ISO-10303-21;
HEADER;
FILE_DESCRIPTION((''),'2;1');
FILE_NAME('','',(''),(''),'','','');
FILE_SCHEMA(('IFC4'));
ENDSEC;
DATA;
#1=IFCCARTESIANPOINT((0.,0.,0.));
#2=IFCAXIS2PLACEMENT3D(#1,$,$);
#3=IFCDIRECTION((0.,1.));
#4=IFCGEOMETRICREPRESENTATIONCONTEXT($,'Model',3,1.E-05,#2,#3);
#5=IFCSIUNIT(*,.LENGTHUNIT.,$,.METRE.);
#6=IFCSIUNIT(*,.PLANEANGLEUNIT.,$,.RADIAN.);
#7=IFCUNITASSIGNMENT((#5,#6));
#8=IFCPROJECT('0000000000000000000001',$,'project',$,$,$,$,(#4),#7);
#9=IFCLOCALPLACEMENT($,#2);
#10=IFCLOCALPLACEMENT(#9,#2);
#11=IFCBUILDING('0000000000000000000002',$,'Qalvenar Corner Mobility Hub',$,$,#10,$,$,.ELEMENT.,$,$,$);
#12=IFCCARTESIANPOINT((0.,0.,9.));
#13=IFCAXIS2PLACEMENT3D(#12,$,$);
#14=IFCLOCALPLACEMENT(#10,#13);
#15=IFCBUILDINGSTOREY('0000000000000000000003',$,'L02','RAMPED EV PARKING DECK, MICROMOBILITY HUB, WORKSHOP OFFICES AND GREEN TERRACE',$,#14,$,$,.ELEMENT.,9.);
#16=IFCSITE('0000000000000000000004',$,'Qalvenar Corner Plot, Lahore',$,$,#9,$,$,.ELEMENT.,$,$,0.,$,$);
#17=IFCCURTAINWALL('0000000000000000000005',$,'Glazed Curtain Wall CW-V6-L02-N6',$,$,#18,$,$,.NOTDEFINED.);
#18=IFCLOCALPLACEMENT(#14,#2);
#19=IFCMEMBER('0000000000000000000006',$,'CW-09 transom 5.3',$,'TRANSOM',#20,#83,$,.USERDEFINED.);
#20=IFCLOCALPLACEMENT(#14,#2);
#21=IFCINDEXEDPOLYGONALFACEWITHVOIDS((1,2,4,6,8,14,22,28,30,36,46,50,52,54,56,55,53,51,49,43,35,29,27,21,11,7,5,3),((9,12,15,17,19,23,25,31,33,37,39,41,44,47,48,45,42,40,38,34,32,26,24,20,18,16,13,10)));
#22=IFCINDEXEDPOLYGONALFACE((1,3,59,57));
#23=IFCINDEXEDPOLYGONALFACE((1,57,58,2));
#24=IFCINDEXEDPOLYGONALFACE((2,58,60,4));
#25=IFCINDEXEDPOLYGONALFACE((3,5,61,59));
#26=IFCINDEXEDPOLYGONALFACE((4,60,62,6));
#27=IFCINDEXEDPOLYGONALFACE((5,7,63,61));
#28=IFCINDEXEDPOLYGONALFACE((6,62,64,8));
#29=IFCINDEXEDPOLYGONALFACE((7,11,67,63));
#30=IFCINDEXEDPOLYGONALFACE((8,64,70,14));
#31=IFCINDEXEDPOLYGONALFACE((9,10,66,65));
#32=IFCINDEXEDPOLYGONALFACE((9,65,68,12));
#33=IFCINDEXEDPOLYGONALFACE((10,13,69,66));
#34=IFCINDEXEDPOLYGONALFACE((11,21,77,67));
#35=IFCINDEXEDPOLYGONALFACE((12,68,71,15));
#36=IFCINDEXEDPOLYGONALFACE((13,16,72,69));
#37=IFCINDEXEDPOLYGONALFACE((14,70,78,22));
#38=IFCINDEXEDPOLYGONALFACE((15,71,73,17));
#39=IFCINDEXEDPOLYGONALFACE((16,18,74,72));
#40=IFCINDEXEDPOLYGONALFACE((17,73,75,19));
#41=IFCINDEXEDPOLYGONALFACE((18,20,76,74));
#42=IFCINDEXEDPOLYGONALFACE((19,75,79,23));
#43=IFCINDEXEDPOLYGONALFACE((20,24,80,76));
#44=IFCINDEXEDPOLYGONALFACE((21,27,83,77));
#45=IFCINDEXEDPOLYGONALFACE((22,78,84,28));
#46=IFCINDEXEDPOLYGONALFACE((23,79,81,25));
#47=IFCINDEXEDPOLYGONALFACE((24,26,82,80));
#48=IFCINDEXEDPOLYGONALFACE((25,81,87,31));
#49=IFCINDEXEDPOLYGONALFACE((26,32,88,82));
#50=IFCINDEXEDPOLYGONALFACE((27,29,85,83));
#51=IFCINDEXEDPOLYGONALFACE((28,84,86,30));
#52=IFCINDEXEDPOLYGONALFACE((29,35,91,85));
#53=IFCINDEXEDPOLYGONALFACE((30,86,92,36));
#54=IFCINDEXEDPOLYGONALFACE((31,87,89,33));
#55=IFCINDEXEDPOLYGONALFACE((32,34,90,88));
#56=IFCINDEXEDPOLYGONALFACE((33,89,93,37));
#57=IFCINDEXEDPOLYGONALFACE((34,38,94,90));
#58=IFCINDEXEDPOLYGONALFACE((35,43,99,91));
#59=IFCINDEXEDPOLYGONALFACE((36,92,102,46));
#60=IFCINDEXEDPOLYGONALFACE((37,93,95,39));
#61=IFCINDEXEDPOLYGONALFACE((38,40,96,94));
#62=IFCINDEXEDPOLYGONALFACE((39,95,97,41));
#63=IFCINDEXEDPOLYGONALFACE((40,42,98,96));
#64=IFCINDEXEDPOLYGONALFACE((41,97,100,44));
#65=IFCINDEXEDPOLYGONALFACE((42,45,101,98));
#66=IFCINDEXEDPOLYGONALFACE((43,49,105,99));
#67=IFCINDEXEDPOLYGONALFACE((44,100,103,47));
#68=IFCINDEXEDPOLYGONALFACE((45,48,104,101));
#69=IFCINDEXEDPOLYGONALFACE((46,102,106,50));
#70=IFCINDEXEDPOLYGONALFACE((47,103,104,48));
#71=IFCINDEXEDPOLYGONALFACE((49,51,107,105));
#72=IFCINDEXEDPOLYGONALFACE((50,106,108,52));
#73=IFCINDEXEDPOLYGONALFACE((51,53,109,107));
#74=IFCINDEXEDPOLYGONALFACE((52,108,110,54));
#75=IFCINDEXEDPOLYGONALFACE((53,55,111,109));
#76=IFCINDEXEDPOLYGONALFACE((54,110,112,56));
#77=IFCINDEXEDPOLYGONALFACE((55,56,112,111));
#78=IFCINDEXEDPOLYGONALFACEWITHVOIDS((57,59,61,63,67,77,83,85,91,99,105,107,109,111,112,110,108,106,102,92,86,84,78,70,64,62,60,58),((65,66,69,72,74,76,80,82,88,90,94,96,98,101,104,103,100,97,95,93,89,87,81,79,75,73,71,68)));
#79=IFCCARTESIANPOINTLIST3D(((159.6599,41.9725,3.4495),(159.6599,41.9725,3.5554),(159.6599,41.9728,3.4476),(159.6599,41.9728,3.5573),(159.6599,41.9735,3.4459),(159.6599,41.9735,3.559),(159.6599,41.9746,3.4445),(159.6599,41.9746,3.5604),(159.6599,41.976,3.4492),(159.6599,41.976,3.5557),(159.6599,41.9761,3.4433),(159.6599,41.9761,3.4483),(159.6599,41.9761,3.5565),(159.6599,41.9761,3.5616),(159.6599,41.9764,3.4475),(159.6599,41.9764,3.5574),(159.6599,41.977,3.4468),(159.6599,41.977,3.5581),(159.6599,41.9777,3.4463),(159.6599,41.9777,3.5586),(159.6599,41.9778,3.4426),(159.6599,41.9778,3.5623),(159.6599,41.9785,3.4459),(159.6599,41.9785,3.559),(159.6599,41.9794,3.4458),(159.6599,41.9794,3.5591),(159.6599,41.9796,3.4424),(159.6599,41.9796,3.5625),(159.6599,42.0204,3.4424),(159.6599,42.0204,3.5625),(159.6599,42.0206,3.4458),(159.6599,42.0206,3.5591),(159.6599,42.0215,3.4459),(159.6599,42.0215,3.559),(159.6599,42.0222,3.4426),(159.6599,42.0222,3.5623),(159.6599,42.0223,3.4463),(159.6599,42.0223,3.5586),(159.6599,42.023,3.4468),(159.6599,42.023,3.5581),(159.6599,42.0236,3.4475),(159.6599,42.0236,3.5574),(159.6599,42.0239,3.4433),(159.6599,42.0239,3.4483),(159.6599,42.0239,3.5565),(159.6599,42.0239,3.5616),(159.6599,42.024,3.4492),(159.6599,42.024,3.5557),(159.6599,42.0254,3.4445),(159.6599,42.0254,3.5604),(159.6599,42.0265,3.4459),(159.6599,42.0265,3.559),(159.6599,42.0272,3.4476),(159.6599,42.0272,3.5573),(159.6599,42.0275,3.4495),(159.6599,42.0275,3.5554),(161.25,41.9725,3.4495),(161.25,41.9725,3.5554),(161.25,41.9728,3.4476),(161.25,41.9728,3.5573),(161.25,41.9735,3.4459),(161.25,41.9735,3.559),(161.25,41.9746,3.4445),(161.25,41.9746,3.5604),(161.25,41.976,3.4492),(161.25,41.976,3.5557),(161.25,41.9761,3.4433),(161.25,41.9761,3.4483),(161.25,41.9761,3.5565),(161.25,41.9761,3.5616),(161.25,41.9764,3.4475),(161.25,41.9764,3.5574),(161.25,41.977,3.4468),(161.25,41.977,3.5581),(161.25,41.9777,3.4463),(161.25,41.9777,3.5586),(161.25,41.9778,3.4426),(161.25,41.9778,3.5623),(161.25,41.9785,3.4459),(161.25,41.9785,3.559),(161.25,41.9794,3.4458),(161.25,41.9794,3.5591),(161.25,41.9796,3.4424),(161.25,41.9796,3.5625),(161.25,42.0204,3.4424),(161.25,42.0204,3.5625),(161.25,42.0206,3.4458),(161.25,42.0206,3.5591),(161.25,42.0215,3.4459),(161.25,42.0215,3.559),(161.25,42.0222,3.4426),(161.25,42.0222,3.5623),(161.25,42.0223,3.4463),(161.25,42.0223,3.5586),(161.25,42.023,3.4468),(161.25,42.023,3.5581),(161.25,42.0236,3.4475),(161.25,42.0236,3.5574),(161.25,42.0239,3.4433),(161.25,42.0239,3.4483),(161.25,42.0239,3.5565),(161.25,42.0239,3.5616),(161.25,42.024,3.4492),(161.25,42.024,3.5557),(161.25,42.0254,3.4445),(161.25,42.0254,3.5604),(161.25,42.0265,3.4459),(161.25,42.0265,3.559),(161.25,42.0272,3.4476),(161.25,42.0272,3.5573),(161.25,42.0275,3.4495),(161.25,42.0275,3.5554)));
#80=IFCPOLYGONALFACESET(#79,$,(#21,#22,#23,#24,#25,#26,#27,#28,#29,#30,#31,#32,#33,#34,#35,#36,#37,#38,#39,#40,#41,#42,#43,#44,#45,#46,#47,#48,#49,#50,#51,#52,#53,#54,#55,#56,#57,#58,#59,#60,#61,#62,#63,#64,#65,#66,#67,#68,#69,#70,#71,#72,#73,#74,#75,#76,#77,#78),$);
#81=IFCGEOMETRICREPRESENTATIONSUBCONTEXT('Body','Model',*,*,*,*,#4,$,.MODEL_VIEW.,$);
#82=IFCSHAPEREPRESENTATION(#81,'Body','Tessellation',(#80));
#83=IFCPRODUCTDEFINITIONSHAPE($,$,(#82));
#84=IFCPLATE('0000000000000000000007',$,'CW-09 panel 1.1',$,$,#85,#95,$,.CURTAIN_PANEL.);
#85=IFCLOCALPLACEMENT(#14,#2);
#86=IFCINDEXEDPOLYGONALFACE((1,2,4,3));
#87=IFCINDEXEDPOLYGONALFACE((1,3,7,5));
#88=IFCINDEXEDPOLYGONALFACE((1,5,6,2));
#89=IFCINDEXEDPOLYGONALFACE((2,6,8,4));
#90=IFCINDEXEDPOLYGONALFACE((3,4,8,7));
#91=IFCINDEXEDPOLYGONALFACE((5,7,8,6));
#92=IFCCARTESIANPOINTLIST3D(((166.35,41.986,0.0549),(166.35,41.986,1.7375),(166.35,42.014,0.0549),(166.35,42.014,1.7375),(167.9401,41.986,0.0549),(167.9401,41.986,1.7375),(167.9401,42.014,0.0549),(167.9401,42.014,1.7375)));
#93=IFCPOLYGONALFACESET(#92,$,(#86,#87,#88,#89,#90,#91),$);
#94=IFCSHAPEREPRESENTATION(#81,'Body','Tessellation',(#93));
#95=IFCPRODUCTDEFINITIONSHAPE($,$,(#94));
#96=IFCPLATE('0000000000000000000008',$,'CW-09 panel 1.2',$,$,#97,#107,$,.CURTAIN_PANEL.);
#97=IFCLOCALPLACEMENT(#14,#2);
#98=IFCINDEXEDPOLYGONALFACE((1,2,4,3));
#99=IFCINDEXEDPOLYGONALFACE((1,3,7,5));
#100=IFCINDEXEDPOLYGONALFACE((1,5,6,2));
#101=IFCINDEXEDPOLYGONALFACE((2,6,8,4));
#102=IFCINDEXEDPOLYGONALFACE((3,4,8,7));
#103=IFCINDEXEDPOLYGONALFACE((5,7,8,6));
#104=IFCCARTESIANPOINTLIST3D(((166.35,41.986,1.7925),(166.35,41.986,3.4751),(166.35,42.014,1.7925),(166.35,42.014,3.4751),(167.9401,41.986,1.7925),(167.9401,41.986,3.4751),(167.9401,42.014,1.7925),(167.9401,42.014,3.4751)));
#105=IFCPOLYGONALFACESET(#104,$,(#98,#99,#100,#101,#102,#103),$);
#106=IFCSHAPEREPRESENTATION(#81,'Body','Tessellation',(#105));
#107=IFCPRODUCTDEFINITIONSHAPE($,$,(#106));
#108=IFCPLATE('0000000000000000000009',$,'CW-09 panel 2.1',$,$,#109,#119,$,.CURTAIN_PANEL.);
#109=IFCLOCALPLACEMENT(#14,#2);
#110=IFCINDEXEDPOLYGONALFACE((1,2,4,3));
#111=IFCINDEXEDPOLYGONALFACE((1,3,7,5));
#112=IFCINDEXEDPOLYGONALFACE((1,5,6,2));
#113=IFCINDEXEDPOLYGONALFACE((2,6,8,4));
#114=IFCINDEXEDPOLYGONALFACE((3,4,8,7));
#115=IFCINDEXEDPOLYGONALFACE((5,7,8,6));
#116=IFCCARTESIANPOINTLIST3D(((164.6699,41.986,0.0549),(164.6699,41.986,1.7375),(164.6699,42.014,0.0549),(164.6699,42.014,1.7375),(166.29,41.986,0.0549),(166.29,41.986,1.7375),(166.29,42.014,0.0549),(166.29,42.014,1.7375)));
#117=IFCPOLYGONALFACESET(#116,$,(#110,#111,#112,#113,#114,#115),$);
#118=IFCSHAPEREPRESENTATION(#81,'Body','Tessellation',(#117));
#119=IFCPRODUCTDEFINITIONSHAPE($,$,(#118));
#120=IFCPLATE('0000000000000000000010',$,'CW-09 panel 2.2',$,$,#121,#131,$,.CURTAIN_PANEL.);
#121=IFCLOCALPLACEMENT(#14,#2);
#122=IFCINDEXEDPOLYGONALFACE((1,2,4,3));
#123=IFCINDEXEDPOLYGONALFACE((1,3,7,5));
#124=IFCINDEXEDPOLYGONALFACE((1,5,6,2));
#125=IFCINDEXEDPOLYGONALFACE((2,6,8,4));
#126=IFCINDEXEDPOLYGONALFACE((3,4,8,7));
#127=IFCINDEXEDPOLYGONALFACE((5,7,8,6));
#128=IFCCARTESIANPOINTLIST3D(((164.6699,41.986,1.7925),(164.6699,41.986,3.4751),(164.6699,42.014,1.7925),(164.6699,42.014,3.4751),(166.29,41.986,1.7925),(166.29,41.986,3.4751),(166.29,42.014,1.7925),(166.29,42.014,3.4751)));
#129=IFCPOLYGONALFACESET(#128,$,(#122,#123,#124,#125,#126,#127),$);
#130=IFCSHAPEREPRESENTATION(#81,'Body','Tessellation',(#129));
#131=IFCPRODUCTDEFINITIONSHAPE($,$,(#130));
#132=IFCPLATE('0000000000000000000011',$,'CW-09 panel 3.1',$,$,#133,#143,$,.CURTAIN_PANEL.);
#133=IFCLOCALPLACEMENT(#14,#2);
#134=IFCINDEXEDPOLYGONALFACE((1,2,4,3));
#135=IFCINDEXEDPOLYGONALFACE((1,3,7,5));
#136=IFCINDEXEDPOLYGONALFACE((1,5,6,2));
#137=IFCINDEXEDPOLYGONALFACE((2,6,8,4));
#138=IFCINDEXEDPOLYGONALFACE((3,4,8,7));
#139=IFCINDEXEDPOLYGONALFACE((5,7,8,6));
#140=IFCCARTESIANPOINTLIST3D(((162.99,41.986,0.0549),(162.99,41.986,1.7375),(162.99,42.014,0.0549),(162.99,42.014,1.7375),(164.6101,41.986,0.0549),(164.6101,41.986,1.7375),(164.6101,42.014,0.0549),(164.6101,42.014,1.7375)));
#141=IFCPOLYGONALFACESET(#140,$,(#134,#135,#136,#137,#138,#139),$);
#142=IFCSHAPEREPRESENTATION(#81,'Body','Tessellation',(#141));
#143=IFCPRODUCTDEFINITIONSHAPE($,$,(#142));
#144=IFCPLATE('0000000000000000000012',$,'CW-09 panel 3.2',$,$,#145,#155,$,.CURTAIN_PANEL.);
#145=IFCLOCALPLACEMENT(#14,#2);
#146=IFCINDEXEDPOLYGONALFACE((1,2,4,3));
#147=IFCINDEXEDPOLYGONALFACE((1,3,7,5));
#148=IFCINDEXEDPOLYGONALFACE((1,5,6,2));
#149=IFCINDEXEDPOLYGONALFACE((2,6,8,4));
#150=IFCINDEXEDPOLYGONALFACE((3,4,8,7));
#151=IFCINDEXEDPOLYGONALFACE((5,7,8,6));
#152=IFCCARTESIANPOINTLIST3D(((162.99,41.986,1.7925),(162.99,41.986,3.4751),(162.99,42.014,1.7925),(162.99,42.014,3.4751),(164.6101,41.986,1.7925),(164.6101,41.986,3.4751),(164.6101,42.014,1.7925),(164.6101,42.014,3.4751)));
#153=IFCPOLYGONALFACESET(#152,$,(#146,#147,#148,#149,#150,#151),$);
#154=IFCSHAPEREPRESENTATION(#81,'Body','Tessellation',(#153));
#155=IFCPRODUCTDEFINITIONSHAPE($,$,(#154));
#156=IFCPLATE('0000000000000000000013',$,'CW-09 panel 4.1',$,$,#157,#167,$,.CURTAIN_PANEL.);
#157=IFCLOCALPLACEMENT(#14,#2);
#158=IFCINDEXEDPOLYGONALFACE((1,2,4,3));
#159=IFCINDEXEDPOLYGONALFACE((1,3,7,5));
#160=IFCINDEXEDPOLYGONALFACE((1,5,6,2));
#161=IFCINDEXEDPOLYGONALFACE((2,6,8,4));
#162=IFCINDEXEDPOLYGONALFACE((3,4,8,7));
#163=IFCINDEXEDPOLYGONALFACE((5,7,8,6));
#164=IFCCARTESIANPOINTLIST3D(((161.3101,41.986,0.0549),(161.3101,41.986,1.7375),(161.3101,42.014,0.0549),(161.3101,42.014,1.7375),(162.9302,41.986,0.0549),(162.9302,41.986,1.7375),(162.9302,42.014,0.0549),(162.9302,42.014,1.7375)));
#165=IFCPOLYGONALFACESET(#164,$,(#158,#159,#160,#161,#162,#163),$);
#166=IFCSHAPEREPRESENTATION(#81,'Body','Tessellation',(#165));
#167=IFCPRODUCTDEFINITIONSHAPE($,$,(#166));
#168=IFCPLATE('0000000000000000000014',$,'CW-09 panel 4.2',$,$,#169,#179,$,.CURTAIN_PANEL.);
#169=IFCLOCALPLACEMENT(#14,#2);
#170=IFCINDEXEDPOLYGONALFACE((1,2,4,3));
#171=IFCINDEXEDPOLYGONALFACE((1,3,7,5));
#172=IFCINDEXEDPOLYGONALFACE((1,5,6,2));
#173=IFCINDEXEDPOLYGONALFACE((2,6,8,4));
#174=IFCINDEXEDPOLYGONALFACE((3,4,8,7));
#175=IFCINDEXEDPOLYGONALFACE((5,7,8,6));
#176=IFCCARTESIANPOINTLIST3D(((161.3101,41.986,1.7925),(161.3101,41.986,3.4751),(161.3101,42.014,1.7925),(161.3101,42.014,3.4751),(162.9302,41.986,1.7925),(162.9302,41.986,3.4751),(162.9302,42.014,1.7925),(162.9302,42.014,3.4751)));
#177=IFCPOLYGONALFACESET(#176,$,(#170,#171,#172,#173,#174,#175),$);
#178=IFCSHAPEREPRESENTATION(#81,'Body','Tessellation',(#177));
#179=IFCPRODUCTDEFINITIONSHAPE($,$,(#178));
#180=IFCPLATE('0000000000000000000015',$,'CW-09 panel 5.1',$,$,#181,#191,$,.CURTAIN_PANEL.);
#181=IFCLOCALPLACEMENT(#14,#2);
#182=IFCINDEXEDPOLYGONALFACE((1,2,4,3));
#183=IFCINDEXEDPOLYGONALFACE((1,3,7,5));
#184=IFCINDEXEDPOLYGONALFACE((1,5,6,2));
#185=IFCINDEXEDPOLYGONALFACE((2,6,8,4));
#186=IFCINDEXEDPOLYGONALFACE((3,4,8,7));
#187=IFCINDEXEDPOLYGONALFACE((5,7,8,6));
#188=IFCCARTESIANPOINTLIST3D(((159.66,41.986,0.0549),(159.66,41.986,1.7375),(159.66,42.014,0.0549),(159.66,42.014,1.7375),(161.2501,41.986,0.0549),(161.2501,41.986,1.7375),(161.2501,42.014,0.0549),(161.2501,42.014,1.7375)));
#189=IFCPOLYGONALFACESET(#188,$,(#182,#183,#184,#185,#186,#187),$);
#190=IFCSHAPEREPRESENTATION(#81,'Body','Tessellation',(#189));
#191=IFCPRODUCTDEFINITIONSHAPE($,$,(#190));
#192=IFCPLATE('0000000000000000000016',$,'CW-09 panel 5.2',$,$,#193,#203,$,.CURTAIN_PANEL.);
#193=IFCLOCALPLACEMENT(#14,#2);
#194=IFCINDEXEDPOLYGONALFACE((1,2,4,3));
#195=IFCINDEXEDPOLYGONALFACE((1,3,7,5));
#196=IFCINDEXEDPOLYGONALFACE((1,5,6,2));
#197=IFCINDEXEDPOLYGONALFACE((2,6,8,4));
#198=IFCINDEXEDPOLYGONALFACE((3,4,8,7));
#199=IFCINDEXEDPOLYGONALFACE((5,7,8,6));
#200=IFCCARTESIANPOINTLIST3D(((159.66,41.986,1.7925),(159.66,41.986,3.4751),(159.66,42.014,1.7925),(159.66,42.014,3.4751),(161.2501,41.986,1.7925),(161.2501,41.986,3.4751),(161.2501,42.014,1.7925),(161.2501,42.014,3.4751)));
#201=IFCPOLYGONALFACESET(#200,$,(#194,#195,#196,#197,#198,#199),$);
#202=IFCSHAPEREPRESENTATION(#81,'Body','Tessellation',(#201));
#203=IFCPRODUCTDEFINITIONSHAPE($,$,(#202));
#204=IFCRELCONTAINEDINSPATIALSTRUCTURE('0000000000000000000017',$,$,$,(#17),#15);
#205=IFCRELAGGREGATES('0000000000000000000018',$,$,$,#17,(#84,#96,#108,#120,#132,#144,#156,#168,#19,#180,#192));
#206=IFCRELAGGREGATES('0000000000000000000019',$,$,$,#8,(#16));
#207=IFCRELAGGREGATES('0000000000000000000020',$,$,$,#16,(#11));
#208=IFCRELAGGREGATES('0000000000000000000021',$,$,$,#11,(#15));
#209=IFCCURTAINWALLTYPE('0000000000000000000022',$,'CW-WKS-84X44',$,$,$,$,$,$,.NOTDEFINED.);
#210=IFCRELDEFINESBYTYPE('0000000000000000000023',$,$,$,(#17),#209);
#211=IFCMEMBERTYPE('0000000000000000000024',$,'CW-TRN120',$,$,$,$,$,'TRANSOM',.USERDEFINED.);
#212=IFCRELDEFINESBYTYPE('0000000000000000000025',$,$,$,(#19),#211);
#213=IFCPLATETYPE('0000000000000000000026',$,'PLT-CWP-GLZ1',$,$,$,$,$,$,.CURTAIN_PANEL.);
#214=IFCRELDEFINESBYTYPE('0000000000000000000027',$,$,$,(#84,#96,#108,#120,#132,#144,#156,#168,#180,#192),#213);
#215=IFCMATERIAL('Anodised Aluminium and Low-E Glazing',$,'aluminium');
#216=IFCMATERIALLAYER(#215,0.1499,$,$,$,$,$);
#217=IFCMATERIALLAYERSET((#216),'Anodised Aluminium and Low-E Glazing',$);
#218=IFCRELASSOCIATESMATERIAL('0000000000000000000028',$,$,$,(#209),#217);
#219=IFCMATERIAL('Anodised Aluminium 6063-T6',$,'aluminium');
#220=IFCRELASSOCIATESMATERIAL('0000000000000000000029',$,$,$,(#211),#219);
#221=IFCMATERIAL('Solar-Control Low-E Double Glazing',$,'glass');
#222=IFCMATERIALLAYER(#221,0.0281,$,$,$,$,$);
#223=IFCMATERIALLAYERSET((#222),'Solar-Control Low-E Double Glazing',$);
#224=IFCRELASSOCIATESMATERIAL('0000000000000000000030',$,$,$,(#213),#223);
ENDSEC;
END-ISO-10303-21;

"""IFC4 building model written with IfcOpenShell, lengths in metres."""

from ifc_helpers import new_model, si_unit, direction, frame, origin, origin_2d, place, context, subcontext, project, spatial, rectangle, hollow_rectangle, extrude, material, layer, layer_set, material_profile, profile_set, type_object, element, aggregate, save


model = new_model("IFC4")

# Units and contexts
model_context = context("Model", 3, precision=1e-05, world=origin(), true_north=direction((0.0, 1.0)))
body_context = subcontext(model_context, "Body", "Model", "MODEL_VIEW")
ifc_project = project(units=[si_unit("LENGTHUNIT", "METRE"), si_unit("PLANEANGLEUNIT", "RADIAN")], contexts=[model_context])

# Site, building, storey
site_placement = place(None, origin())
site = spatial("IfcSite", under=ifc_project, at=site_placement, Name="Qalvenar Corner Plot, Lahore", CompositionType="ELEMENT", RefElevation=0.0)
building_placement = place(site_placement, origin())
building = spatial("IfcBuilding", under=site, at=building_placement, Name="Qalvenar Corner Mobility Hub", CompositionType="ELEMENT")
storey_placement = place(building_placement, frame((0.0, 0.0, 9.0)))
storey = spatial("IfcBuildingStorey", under=building, at=storey_placement, Name="L02", Description="RAMPED EV PARKING DECK, MICROMOBILITY HUB, WORKSHOP OFFICES AND GREEN TERRACE", CompositionType="ELEMENT", Elevation=9.0)

# Curtain wall, member, plates
ifc_material_1 = material(Name="Anodised Aluminium and Low-E Glazing", Category="aluminium")
ifc_layer_1 = layer(ifc_material_1, 0.1499)
ifc_layer_set_1 = layer_set([ifc_layer_1], Name="Anodised Aluminium and Low-E Glazing")
curtain_wall_type = type_object("IfcCurtainWallType", Name="CW-WKS-84X44", PredefinedType="NOTDEFINED", material=ifc_layer_set_1)
curtain_wall_placement = place(storey_placement, origin())
curtain_wall = element("IfcCurtainWall", 1, at=curtain_wall_placement, inside=storey, type_object=curtain_wall_type, Name="Glazed Curtain Wall CW-V6-L02-N6", PredefinedType="NOTDEFINED")
ifc_material_2 = material(Name="Anodised Aluminium 6063-T6", Category="aluminium")
ifc_material_profile_1 = material_profile(ifc_material_2, hollow_rectangle(XDim=0.0549, YDim=0.1201, WallThickness=0.0034, InnerFilletRadius=0.0034, OuterFilletRadius=0.0071, at=origin_2d()), Name="RHS120x55x3.5")
ifc_profile_set_1 = profile_set([ifc_material_profile_1], Name="Anodised Aluminium 6063-T6")
member_type_1 = type_object("IfcMemberType", Name="CW-TRN120", ElementType="TRANSOM", PredefinedType="USERDEFINED", material=ifc_profile_set_1)
member_1_placement = place(storey_placement, frame((161.25, 42.0, 3.5024), z_axis=(-1.0, 0.0, 0.0), x_axis=(0.0, -1.0, 0.0)))
member_1 = element("IfcMember", 2, at=member_1_placement, type_object=member_type_1, Name="CW-09 transom 5.3", ObjectType="TRANSOM", PredefinedType="USERDEFINED", context=body_context, shape_type="SweptSolid", body=[
    extrude(hollow_rectangle(XDim=0.0549, YDim=0.1201, WallThickness=0.0034, InnerFilletRadius=0.0034, OuterFilletRadius=0.0071, at=origin_2d()), origin(), (0.0, 0.0, 1.0), 1.5901),
])
ifc_material_3 = material(Name="Solar-Control Low-E Double Glazing", Category="glass")
ifc_layer_2 = layer(ifc_material_3, 0.0281)
ifc_layer_set_2 = layer_set([ifc_layer_2], Name="Solar-Control Low-E Double Glazing")
plate_type = type_object("IfcPlateType", Name="PLT-CWP-GLZ1", PredefinedType="CURTAIN_PANEL", material=ifc_layer_set_2)
plate_1_placement = place(storey_placement, frame((167.145, 42.0, 0.0549), z_axis=(0.0, 0.0, 1.0), x_axis=(-1.0, 0.0, 0.0)))
plate_1 = element("IfcPlate", 3, at=plate_1_placement, type_object=plate_type, Name="CW-09 panel 1.1", PredefinedType="CURTAIN_PANEL", context=body_context, shape_type="SweptSolid", body=[
    extrude(rectangle(XDim=1.5901, YDim=0.0281, at=origin_2d()), origin(), (0.0, 0.0, 1.0), 1.6826),
])
plate_2_placement = place(storey_placement, frame((167.145, 42.0, 1.7925), z_axis=(0.0, 0.0, 1.0), x_axis=(-1.0, 0.0, 0.0)))
plate_2 = element("IfcPlate", 4, at=plate_2_placement, type_object=plate_type, Name="CW-09 panel 1.2", PredefinedType="CURTAIN_PANEL", context=body_context, shape_type="SweptSolid", body=[
    extrude(rectangle(XDim=1.5901, YDim=0.0281, at=origin_2d()), origin(), (0.0, 0.0, 1.0), 1.6826),
])
plate_3_placement = place(storey_placement, frame((165.48, 42.0, 0.0549), z_axis=(0.0, 0.0, 1.0), x_axis=(-1.0, 0.0, 0.0)))
plate_3 = element("IfcPlate", 5, at=plate_3_placement, type_object=plate_type, Name="CW-09 panel 2.1", PredefinedType="CURTAIN_PANEL", context=body_context, shape_type="SweptSolid", body=[
    extrude(rectangle(XDim=1.6201, YDim=0.0281, at=origin_2d()), origin(), (0.0, 0.0, 1.0), 1.6826),
])
plate_4_placement = place(storey_placement, frame((165.48, 42.0, 1.7925), z_axis=(0.0, 0.0, 1.0), x_axis=(-1.0, 0.0, 0.0)))
plate_4 = element("IfcPlate", 6, at=plate_4_placement, type_object=plate_type, Name="CW-09 panel 2.2", PredefinedType="CURTAIN_PANEL", context=body_context, shape_type="SweptSolid", body=[
    extrude(rectangle(XDim=1.6201, YDim=0.0281, at=origin_2d()), origin(), (0.0, 0.0, 1.0), 1.6826),
])
plate_5_placement = place(storey_placement, frame((163.8, 42.0, 0.0549), z_axis=(0.0, 0.0, 1.0), x_axis=(-1.0, 0.0, 0.0)))
plate_5 = element("IfcPlate", 7, at=plate_5_placement, type_object=plate_type, Name="CW-09 panel 3.1", PredefinedType="CURTAIN_PANEL", context=body_context, shape_type="SweptSolid", body=[
    extrude(rectangle(XDim=1.6201, YDim=0.0281, at=origin_2d()), origin(), (0.0, 0.0, 1.0), 1.6826),
])
plate_6_placement = place(storey_placement, frame((163.8, 42.0, 1.7925), z_axis=(0.0, 0.0, 1.0), x_axis=(-1.0, 0.0, 0.0)))
plate_6 = element("IfcPlate", 8, at=plate_6_placement, type_object=plate_type, Name="CW-09 panel 3.2", PredefinedType="CURTAIN_PANEL", context=body_context, shape_type="SweptSolid", body=[
    extrude(rectangle(XDim=1.6201, YDim=0.0281, at=origin_2d()), origin(), (0.0, 0.0, 1.0), 1.6826),
])
plate_7_placement = place(storey_placement, frame((162.1201, 42.0, 0.0549), z_axis=(0.0, 0.0, 1.0), x_axis=(-1.0, 0.0, 0.0)))
plate_7 = element("IfcPlate", 9, at=plate_7_placement, type_object=plate_type, Name="CW-09 panel 4.1", PredefinedType="CURTAIN_PANEL", context=body_context, shape_type="SweptSolid", body=[
    extrude(rectangle(XDim=1.6201, YDim=0.0281, at=origin_2d()), origin(), (0.0, 0.0, 1.0), 1.6826),
])
plate_8_placement = place(storey_placement, frame((162.1201, 42.0, 1.7925), z_axis=(0.0, 0.0, 1.0), x_axis=(-1.0, 0.0, 0.0)))
plate_8 = element("IfcPlate", 10, at=plate_8_placement, type_object=plate_type, Name="CW-09 panel 4.2", PredefinedType="CURTAIN_PANEL", context=body_context, shape_type="SweptSolid", body=[
    extrude(rectangle(XDim=1.6201, YDim=0.0281, at=origin_2d()), origin(), (0.0, 0.0, 1.0), 1.6826),
])
plate_9_placement = place(storey_placement, frame((160.4551, 42.0, 0.0549), z_axis=(0.0, 0.0, 1.0), x_axis=(-1.0, 0.0, 0.0)))
plate_9 = element("IfcPlate", 11, at=plate_9_placement, type_object=plate_type, Name="CW-09 panel 5.1", PredefinedType="CURTAIN_PANEL", context=body_context, shape_type="SweptSolid", body=[
    extrude(rectangle(XDim=1.5901, YDim=0.0281, at=origin_2d()), origin(), (0.0, 0.0, 1.0), 1.6826),
])
plate_10_placement = place(storey_placement, frame((160.4551, 42.0, 1.7925), z_axis=(0.0, 0.0, 1.0), x_axis=(-1.0, 0.0, 0.0)))
plate_10 = element("IfcPlate", 12, at=plate_10_placement, type_object=plate_type, Name="CW-09 panel 5.2", PredefinedType="CURTAIN_PANEL", context=body_context, shape_type="SweptSolid", body=[
    extrude(rectangle(XDim=1.5901, YDim=0.0281, at=origin_2d()), origin(), (0.0, 0.0, 1.0), 1.6826),
])
aggregate(curtain_wall, [plate_1, plate_2, plate_3, plate_4, plate_5, plate_6, plate_7, plate_8, member_1, plate_9, plate_10])

save(model, "model.ifc")
